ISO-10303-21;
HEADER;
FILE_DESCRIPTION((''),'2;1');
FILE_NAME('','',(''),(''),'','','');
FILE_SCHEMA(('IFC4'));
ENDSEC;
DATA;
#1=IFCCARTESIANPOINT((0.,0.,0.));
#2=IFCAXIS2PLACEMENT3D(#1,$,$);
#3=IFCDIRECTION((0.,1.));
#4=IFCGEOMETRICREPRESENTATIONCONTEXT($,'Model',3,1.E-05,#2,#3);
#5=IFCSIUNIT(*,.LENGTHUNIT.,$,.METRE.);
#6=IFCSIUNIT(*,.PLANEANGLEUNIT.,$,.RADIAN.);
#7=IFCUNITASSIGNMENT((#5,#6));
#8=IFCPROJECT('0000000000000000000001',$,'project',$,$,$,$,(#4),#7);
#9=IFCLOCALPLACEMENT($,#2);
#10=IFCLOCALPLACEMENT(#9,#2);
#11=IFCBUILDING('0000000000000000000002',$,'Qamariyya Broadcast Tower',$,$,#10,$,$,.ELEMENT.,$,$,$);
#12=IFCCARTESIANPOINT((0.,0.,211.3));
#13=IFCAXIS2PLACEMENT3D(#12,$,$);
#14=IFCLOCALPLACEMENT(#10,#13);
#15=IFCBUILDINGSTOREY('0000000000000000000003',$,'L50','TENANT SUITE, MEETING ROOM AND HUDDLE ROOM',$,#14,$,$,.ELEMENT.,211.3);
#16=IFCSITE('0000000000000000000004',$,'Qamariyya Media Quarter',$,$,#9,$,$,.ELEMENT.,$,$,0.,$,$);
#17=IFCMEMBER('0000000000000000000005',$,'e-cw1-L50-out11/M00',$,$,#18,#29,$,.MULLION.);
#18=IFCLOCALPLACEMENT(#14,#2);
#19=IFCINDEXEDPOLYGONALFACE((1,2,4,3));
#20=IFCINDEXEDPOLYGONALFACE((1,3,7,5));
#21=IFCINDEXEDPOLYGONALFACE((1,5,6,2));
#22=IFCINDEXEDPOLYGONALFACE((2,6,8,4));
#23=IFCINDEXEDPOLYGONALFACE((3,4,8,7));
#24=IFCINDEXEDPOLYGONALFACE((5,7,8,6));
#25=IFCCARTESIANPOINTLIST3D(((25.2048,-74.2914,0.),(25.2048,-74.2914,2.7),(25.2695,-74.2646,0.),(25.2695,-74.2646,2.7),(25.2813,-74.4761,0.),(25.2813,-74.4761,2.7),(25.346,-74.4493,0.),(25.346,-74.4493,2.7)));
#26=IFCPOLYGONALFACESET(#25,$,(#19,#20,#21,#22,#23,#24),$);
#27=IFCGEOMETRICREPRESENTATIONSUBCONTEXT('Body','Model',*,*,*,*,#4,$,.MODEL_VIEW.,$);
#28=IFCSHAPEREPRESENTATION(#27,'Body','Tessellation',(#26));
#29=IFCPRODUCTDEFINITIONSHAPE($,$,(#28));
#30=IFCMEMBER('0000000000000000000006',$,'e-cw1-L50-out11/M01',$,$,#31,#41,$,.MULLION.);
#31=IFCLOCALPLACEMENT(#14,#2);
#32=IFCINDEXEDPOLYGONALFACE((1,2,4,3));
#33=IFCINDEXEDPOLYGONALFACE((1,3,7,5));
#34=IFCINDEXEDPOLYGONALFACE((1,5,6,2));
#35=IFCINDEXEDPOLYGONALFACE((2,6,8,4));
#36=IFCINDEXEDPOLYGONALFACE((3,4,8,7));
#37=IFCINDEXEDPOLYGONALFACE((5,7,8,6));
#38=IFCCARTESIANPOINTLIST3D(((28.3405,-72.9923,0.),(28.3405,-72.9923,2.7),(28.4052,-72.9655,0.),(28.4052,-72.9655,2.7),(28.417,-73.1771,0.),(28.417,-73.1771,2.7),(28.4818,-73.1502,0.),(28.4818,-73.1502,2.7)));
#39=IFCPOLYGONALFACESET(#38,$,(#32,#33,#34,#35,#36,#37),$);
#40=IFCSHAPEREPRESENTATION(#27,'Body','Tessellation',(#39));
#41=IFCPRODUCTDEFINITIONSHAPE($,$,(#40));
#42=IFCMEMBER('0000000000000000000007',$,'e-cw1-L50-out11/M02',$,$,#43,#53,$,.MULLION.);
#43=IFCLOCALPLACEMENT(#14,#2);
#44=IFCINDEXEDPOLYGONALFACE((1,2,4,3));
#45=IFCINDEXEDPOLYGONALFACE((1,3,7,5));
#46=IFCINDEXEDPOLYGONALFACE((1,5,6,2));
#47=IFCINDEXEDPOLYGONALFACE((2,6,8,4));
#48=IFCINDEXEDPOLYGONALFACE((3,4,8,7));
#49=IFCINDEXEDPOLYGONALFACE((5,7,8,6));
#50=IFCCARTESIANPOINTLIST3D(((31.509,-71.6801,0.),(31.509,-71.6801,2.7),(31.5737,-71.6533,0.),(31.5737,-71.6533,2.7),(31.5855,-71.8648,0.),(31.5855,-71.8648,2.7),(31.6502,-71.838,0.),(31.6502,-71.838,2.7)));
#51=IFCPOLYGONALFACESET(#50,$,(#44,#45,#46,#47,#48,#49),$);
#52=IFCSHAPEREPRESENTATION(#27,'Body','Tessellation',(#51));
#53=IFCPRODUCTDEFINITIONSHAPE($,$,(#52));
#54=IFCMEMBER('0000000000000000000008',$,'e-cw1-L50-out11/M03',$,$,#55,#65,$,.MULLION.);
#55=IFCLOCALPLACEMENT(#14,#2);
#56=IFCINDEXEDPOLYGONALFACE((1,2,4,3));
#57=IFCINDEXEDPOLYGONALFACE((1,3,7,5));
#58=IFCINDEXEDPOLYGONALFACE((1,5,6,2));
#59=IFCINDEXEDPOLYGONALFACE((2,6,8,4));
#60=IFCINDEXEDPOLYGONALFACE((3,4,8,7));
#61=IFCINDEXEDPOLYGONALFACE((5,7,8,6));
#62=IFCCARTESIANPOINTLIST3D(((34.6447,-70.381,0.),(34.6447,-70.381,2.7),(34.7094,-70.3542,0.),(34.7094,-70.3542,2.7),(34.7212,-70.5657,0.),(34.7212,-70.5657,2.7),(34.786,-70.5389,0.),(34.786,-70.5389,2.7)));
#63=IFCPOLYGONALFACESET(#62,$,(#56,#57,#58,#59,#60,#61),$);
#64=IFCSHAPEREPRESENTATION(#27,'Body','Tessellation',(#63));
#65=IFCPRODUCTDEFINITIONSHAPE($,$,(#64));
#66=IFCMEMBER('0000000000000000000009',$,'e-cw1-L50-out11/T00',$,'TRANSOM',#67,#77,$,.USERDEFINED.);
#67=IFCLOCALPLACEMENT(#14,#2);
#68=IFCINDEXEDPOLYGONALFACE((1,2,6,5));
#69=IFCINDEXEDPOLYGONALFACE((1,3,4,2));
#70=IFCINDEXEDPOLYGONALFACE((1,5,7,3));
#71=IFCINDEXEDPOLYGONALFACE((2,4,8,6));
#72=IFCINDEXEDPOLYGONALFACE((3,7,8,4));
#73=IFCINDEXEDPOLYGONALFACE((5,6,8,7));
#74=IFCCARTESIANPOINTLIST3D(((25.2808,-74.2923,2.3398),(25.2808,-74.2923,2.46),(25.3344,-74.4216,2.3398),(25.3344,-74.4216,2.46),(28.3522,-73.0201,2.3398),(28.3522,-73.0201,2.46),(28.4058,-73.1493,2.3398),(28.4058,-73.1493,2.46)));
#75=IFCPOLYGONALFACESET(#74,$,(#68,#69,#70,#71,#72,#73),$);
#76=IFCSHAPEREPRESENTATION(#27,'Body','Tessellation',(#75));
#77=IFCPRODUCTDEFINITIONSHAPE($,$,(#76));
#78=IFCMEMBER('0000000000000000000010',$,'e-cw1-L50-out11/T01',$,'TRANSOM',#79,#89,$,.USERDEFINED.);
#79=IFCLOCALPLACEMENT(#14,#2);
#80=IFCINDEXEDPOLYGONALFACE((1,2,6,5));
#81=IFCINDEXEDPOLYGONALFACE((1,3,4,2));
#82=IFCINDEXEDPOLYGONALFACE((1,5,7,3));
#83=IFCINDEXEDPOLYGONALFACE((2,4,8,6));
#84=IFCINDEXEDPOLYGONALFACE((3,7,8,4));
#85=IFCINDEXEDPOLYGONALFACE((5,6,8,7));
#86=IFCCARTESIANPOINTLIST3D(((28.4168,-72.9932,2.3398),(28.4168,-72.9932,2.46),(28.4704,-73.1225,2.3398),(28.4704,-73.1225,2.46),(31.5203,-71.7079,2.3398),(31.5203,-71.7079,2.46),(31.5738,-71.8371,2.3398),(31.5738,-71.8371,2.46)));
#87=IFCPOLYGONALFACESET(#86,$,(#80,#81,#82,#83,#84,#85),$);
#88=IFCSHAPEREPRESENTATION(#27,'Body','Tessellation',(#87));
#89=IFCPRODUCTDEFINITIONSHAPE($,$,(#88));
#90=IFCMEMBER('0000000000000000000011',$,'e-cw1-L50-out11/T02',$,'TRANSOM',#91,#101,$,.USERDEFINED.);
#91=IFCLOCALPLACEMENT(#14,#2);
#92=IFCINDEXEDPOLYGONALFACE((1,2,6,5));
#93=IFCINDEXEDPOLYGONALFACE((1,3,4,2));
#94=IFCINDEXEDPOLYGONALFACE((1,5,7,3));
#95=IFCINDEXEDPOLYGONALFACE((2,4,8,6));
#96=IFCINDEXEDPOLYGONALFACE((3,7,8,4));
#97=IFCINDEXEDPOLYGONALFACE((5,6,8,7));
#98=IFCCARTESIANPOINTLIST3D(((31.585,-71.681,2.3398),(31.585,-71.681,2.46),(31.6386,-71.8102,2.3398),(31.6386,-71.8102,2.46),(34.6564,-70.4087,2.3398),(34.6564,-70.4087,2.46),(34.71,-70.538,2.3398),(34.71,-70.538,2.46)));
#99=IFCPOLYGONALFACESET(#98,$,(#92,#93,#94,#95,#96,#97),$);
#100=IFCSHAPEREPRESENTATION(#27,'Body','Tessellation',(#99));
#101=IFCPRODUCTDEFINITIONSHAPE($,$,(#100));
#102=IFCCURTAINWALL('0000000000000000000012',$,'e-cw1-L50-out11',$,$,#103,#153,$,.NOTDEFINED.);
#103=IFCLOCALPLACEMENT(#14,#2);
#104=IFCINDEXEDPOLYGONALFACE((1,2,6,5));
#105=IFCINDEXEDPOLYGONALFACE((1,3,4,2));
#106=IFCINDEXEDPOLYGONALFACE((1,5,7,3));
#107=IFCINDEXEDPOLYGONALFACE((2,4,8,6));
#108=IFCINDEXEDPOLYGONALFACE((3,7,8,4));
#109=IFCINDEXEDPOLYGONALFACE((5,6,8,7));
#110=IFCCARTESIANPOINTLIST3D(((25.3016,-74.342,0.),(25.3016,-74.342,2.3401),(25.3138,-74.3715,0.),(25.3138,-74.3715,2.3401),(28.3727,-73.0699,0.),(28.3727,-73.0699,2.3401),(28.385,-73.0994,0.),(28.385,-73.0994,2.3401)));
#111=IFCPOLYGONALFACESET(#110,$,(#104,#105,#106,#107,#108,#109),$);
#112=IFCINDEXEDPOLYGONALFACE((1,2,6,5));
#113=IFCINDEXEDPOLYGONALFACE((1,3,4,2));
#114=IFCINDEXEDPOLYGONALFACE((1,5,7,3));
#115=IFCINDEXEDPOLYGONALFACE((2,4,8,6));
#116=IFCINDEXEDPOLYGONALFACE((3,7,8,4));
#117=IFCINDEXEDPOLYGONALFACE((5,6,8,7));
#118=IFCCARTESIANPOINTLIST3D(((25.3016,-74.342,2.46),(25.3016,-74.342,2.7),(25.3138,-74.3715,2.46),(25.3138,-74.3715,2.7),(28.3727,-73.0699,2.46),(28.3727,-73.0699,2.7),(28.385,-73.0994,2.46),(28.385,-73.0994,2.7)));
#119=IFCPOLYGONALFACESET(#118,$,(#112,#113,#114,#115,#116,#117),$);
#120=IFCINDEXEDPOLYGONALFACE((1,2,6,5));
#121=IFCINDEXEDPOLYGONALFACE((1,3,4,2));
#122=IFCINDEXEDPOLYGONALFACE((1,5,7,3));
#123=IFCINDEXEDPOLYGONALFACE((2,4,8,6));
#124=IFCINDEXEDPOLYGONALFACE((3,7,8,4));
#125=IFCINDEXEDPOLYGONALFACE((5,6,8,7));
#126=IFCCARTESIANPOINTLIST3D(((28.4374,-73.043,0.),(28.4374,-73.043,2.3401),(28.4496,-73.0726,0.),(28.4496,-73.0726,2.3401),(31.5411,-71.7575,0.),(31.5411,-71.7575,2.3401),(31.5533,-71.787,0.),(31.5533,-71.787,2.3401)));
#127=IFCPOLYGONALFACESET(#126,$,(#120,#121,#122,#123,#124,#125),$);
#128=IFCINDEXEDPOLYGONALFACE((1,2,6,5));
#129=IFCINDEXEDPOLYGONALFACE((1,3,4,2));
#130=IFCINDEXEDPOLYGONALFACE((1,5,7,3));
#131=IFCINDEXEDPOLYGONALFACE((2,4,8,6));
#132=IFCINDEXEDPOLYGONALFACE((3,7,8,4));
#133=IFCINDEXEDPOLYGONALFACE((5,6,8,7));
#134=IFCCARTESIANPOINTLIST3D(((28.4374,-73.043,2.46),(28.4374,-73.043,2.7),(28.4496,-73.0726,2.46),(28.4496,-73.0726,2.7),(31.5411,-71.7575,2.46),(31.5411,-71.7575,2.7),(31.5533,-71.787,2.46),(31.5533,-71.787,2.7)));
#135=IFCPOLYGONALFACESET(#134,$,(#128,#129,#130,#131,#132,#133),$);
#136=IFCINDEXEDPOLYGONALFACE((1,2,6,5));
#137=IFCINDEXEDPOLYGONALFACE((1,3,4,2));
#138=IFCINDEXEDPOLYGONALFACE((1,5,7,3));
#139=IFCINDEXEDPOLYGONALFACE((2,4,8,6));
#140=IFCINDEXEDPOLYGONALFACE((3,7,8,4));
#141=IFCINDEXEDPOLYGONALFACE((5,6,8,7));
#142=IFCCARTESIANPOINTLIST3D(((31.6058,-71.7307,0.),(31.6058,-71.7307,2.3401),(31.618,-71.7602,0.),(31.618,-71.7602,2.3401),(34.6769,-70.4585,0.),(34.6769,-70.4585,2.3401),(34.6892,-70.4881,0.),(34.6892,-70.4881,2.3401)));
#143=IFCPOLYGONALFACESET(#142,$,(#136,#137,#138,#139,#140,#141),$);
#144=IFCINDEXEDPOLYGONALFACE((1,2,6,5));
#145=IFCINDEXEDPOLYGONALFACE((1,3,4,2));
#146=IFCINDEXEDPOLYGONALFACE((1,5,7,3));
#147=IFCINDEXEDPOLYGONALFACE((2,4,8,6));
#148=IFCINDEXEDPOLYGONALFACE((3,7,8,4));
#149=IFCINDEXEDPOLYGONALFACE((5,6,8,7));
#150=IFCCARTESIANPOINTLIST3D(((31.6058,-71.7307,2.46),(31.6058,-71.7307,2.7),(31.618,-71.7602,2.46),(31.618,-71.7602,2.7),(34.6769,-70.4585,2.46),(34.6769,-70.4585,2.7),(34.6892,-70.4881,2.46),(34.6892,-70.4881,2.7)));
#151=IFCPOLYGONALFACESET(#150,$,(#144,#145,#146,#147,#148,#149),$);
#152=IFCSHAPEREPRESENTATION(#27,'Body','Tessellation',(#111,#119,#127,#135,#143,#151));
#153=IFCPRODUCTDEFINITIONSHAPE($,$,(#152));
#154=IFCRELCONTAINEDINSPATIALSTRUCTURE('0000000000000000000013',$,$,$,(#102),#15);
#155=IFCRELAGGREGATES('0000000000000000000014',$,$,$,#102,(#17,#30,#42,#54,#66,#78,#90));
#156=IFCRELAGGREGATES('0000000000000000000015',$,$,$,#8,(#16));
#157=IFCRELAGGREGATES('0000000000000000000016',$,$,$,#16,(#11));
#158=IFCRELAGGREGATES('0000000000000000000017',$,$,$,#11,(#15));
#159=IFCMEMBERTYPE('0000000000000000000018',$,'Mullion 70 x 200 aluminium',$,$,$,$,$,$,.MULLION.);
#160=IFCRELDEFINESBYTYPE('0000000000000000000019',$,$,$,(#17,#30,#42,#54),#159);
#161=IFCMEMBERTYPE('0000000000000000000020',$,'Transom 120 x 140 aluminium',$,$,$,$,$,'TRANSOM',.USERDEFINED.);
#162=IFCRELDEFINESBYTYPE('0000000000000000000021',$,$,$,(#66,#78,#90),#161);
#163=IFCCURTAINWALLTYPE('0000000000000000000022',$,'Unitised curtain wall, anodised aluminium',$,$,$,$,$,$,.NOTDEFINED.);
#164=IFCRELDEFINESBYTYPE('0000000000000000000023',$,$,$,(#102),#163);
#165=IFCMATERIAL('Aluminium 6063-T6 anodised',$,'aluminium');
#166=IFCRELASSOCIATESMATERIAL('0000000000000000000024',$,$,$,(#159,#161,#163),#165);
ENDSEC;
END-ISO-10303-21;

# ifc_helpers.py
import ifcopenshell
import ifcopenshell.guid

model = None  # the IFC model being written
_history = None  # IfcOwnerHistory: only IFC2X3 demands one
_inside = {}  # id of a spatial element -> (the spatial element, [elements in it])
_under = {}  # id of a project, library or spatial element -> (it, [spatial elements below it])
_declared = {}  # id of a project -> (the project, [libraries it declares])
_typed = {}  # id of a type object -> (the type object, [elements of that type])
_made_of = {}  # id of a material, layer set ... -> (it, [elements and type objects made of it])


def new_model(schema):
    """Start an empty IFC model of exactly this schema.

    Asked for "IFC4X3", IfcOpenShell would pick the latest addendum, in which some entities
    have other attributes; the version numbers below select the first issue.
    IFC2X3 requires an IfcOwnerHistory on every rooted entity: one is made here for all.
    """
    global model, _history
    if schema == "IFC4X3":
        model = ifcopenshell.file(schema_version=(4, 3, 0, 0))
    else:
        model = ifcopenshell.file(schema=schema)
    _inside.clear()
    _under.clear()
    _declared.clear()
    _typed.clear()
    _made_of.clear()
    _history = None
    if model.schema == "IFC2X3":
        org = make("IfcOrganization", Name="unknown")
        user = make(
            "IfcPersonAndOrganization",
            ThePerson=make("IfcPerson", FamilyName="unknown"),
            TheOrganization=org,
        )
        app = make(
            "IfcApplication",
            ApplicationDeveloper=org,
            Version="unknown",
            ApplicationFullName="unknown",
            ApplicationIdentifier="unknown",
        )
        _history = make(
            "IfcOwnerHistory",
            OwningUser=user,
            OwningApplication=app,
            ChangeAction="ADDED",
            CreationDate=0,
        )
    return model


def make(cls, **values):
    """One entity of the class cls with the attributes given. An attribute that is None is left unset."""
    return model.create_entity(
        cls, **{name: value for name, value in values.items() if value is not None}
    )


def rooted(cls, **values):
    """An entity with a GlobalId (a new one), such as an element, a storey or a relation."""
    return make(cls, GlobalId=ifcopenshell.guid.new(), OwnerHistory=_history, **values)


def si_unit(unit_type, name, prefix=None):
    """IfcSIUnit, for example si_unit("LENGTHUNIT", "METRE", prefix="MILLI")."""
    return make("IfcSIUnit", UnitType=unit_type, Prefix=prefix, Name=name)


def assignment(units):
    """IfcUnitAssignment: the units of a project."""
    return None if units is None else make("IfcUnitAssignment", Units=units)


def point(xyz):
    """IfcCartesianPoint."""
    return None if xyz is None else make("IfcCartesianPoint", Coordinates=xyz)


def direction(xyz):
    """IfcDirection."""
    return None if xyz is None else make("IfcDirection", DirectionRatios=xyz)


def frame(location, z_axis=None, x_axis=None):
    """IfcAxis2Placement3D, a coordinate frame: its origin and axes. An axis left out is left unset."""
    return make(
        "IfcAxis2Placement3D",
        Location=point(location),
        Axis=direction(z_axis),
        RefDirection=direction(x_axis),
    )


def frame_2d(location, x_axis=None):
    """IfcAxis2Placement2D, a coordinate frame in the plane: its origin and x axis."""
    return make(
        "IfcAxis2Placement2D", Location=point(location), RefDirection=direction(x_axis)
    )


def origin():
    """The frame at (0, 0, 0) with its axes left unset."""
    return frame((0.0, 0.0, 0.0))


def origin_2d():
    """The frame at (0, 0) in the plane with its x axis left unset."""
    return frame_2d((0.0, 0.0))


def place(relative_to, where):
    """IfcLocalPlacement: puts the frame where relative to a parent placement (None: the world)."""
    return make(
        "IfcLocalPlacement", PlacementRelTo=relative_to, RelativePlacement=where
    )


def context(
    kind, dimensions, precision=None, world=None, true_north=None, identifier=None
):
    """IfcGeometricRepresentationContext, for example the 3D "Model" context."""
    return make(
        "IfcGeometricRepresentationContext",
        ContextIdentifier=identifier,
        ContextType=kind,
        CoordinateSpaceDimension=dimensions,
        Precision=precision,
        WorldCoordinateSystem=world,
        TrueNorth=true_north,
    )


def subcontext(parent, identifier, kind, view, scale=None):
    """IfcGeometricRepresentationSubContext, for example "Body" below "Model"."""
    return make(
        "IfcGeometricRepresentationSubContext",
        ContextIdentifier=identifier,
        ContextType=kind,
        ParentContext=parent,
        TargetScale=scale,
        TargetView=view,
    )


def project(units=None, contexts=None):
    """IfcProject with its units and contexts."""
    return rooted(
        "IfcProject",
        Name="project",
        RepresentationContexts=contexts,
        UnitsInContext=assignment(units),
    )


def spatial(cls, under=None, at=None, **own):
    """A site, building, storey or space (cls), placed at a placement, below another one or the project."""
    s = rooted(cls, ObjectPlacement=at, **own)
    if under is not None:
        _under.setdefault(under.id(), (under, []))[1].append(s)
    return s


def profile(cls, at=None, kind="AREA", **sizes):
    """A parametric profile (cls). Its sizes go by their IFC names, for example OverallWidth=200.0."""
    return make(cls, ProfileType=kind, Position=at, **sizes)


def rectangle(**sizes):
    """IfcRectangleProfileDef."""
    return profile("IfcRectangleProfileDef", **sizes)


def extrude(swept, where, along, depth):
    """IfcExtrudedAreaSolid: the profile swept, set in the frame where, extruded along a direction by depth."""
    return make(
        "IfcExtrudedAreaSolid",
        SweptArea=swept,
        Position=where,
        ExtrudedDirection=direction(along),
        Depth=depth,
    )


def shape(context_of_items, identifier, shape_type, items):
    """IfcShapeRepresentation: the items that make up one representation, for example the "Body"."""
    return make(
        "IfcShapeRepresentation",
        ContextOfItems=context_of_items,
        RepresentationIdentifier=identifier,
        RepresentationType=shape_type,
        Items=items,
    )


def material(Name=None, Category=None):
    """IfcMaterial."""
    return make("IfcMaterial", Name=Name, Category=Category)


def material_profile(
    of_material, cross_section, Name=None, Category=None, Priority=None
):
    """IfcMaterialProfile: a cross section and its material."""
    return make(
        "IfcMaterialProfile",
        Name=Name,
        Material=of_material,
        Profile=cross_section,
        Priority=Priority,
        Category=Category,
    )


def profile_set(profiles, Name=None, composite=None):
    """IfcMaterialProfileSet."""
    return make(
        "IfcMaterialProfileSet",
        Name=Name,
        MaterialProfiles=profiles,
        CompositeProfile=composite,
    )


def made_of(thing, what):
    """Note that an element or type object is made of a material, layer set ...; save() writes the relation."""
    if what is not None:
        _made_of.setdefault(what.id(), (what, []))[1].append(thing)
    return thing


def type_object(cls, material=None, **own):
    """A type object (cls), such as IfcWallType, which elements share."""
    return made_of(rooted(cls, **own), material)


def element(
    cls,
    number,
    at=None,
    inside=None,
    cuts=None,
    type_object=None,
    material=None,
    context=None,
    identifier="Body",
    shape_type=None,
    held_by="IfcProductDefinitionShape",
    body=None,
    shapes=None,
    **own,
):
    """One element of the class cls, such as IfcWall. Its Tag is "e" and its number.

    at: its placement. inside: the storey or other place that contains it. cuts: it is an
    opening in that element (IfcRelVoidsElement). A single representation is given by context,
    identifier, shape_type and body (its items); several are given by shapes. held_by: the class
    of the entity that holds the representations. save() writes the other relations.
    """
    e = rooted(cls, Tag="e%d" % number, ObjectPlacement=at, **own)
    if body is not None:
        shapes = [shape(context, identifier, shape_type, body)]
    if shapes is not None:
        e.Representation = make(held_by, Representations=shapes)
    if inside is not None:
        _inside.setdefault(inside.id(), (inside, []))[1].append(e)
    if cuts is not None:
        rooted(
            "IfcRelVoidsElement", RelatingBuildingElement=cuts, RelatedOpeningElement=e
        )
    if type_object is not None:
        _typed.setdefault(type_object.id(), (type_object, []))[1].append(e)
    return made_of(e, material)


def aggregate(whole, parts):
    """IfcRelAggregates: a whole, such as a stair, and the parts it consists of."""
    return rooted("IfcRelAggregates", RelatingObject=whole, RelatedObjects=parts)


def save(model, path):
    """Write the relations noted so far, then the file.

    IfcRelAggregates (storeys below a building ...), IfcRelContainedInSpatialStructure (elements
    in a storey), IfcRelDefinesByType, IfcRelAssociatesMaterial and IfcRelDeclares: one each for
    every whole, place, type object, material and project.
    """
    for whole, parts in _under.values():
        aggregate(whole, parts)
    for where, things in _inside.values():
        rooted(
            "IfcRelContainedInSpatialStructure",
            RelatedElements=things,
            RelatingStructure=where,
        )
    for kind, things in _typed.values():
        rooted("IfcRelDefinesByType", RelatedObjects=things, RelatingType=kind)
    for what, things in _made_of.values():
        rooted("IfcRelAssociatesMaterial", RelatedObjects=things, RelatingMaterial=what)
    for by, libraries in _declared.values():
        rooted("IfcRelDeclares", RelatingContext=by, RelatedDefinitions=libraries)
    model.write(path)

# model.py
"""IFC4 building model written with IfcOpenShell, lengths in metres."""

from ifc_helpers import new_model, si_unit, direction, frame, origin, origin_2d, place, context, subcontext, project, spatial, rectangle, extrude, material, material_profile, profile_set, type_object, element, aggregate, save


model = new_model("IFC4")

# Units and contexts
model_context = context("Model", 3, precision=1e-05, world=origin(), true_north=direction((0.0, 1.0)))
body_context = subcontext(model_context, "Body", "Model", "MODEL_VIEW")
ifc_project = project(units=[si_unit("LENGTHUNIT", "METRE"), si_unit("PLANEANGLEUNIT", "RADIAN")], contexts=[model_context])

# Members
ifc_material = material(Name="Aluminium 6063-T6 anodised", Category="aluminium")
ifc_material_profile_1 = material_profile(ifc_material, rectangle(XDim=0.2, YDim=0.0701, at=origin_2d()))
ifc_profile_set_1 = profile_set([ifc_material_profile_1], Name="Aluminium 6063-T6 anodised")
member_type_1 = type_object("IfcMemberType", Name="Mullion 70 x 200 aluminium", PredefinedType="MULLION", material=ifc_profile_set_1)
site_placement = place(None, origin())
building_placement = place(site_placement, origin())
storey_placement = place(building_placement, frame((0.0, 0.0, 211.3)))
member_1_placement = place(storey_placement, frame((25.2754, -74.3704, 0.0), z_axis=(0.0, 0.0, 1.0), x_axis=(-0.382683, 0.92388, 0.0)))
member_1 = element("IfcMember", 1, at=member_1_placement, type_object=member_type_1, Name="e-cw1-L50-out11/M00", PredefinedType="MULLION", context=body_context, shape_type="SweptSolid", body=[
    extrude(rectangle(XDim=0.2, YDim=0.0701, at=origin_2d()), origin(), (0.0, 0.0, 1.0), 2.7),
])
member_2_placement = place(storey_placement, frame((28.4111, -73.0713, 0.0), z_axis=(0.0, 0.0, 1.0), x_axis=(-0.382683, 0.92388, 0.0)))
member_2 = element("IfcMember", 2, at=member_2_placement, type_object=member_type_1, Name="e-cw1-L50-out11/M01", PredefinedType="MULLION", context=body_context, shape_type="SweptSolid", body=[
    extrude(rectangle(XDim=0.2, YDim=0.0701, at=origin_2d()), origin(), (0.0, 0.0, 1.0), 2.7),
])
member_3_placement = place(storey_placement, frame((31.5796, -71.759, 0.0), z_axis=(0.0, 0.0, 1.0), x_axis=(-0.382683, 0.92388, 0.0)))
member_3 = element("IfcMember", 3, at=member_3_placement, type_object=member_type_1, Name="e-cw1-L50-out11/M02", PredefinedType="MULLION", context=body_context, shape_type="SweptSolid", body=[
    extrude(rectangle(XDim=0.2, YDim=0.0701, at=origin_2d()), origin(), (0.0, 0.0, 1.0), 2.7),
])
member_4_placement = place(storey_placement, frame((34.7153, -70.46, 0.0), z_axis=(0.0, 0.0, 1.0), x_axis=(-0.382683, 0.92388, 0.0)))
member_4 = element("IfcMember", 4, at=member_4_placement, type_object=member_type_1, Name="e-cw1-L50-out11/M03", PredefinedType="MULLION", context=body_context, shape_type="SweptSolid", body=[
    extrude(rectangle(XDim=0.2, YDim=0.0701, at=origin_2d()), origin(), (0.0, 0.0, 1.0), 2.7),
])
ifc_material_profile_2 = material_profile(ifc_material, rectangle(XDim=0.1399, YDim=0.1201, at=origin_2d()))
ifc_profile_set_2 = profile_set([ifc_material_profile_2], Name="Aluminium 6063-T6 anodised")
member_type_2 = type_object("IfcMemberType", Name="Transom 120 x 140 aluminium", ElementType="TRANSOM", PredefinedType="USERDEFINED", material=ifc_profile_set_2)
member_5_placement = place(storey_placement, frame((25.3076, -74.3569, 2.3999), z_axis=(0.923875, 0.382696, 0.0), x_axis=(-0.382696, 0.923875, 0.0)))
member_5 = element("IfcMember", 5, at=member_5_placement, type_object=member_type_2, Name="e-cw1-L50-out11/T00", ObjectType="TRANSOM", PredefinedType="USERDEFINED", context=body_context, shape_type="SweptSolid", body=[
    extrude(rectangle(XDim=0.1399, YDim=0.1201, at=origin_2d()), origin(), (0.0, 0.0, 1.0), 3.3245),
])
member_6_placement = place(storey_placement, frame((28.4436, -73.0579, 2.3999), z_axis=(0.923892, 0.382653, 0.0), x_axis=(-0.382653, 0.923892, 0.0)))
member_6 = element("IfcMember", 6, at=member_6_placement, type_object=member_type_2, Name="e-cw1-L50-out11/T01", ObjectType="TRANSOM", PredefinedType="USERDEFINED", context=body_context, shape_type="SweptSolid", body=[
    extrude(rectangle(XDim=0.1399, YDim=0.1201, at=origin_2d()), origin(), (0.0, 0.0, 1.0), 3.3591),
])
member_7_placement = place(storey_placement, frame((31.6118, -71.7456, 2.3999), z_axis=(0.923875, 0.382696, 0.0), x_axis=(-0.382696, 0.923875, 0.0)))
member_7 = element("IfcMember", 7, at=member_7_placement, type_object=member_type_2, Name="e-cw1-L50-out11/T02", ObjectType="TRANSOM", PredefinedType="USERDEFINED", context=body_context, shape_type="SweptSolid", body=[
    extrude(rectangle(XDim=0.1399, YDim=0.1201, at=origin_2d()), origin(), (0.0, 0.0, 1.0), 3.3245),
])

# Site, building, storey
site = spatial("IfcSite", under=ifc_project, at=site_placement, Name="Qamariyya Media Quarter", CompositionType="ELEMENT", RefElevation=0.0)
building = spatial("IfcBuilding", under=site, at=building_placement, Name="Qamariyya Broadcast Tower", CompositionType="ELEMENT")
storey = spatial("IfcBuildingStorey", under=building, at=storey_placement, Name="L50", Description="TENANT SUITE, MEETING ROOM AND HUDDLE ROOM", CompositionType="ELEMENT", Elevation=211.3)

# Curtain wall
curtain_wall_type = type_object("IfcCurtainWallType", Name="Unitised curtain wall, anodised aluminium", PredefinedType="NOTDEFINED", material=ifc_material)
curtain_wall_1_placement = place(storey_placement, origin())
curtain_wall_1 = element("IfcCurtainWall", 8, at=curtain_wall_1_placement, inside=storey, type_object=curtain_wall_type, Name="e-cw1-L50-out11", PredefinedType="NOTDEFINED", context=body_context, shape_type="SweptSolid", body=[
    extrude(rectangle(XDim=3.3242, YDim=0.032, at=origin_2d()), frame((26.8433, -73.7207, 0.0), x_axis=(0.923881, 0.38268, 0.0)), (0.0, 0.0, 1.0), 2.3401),
    extrude(rectangle(XDim=3.3242, YDim=0.032, at=origin_2d()), frame((26.8433, -73.7207, 2.46), x_axis=(0.923881, 0.38268, 0.0)), (0.0, 0.0, 1.0), 0.24),
    extrude(rectangle(XDim=3.3594, YDim=0.032, at=origin_2d()), frame((29.9954, -72.415, 0.0), x_axis=(0.923881, 0.38268, 0.0)), (0.0, 0.0, 1.0), 2.3401),
    extrude(rectangle(XDim=3.3594, YDim=0.032, at=origin_2d()), frame((29.9954, -72.415, 2.46), x_axis=(0.923881, 0.38268, 0.0)), (0.0, 0.0, 1.0), 0.24),
    extrude(rectangle(XDim=3.3242, YDim=0.032, at=origin_2d()), frame((33.1475, -71.1094, 0.0), x_axis=(0.923881, 0.38268, 0.0)), (0.0, 0.0, 1.0), 2.3401),
    extrude(rectangle(XDim=3.3242, YDim=0.032, at=origin_2d()), frame((33.1475, -71.1094, 2.46), x_axis=(0.923881, 0.38268, 0.0)), (0.0, 0.0, 1.0), 0.24),
])
aggregate(curtain_wall_1, [member_1, member_2, member_3, member_4, member_5, member_6, member_7])

save(model, "model.ifc")
